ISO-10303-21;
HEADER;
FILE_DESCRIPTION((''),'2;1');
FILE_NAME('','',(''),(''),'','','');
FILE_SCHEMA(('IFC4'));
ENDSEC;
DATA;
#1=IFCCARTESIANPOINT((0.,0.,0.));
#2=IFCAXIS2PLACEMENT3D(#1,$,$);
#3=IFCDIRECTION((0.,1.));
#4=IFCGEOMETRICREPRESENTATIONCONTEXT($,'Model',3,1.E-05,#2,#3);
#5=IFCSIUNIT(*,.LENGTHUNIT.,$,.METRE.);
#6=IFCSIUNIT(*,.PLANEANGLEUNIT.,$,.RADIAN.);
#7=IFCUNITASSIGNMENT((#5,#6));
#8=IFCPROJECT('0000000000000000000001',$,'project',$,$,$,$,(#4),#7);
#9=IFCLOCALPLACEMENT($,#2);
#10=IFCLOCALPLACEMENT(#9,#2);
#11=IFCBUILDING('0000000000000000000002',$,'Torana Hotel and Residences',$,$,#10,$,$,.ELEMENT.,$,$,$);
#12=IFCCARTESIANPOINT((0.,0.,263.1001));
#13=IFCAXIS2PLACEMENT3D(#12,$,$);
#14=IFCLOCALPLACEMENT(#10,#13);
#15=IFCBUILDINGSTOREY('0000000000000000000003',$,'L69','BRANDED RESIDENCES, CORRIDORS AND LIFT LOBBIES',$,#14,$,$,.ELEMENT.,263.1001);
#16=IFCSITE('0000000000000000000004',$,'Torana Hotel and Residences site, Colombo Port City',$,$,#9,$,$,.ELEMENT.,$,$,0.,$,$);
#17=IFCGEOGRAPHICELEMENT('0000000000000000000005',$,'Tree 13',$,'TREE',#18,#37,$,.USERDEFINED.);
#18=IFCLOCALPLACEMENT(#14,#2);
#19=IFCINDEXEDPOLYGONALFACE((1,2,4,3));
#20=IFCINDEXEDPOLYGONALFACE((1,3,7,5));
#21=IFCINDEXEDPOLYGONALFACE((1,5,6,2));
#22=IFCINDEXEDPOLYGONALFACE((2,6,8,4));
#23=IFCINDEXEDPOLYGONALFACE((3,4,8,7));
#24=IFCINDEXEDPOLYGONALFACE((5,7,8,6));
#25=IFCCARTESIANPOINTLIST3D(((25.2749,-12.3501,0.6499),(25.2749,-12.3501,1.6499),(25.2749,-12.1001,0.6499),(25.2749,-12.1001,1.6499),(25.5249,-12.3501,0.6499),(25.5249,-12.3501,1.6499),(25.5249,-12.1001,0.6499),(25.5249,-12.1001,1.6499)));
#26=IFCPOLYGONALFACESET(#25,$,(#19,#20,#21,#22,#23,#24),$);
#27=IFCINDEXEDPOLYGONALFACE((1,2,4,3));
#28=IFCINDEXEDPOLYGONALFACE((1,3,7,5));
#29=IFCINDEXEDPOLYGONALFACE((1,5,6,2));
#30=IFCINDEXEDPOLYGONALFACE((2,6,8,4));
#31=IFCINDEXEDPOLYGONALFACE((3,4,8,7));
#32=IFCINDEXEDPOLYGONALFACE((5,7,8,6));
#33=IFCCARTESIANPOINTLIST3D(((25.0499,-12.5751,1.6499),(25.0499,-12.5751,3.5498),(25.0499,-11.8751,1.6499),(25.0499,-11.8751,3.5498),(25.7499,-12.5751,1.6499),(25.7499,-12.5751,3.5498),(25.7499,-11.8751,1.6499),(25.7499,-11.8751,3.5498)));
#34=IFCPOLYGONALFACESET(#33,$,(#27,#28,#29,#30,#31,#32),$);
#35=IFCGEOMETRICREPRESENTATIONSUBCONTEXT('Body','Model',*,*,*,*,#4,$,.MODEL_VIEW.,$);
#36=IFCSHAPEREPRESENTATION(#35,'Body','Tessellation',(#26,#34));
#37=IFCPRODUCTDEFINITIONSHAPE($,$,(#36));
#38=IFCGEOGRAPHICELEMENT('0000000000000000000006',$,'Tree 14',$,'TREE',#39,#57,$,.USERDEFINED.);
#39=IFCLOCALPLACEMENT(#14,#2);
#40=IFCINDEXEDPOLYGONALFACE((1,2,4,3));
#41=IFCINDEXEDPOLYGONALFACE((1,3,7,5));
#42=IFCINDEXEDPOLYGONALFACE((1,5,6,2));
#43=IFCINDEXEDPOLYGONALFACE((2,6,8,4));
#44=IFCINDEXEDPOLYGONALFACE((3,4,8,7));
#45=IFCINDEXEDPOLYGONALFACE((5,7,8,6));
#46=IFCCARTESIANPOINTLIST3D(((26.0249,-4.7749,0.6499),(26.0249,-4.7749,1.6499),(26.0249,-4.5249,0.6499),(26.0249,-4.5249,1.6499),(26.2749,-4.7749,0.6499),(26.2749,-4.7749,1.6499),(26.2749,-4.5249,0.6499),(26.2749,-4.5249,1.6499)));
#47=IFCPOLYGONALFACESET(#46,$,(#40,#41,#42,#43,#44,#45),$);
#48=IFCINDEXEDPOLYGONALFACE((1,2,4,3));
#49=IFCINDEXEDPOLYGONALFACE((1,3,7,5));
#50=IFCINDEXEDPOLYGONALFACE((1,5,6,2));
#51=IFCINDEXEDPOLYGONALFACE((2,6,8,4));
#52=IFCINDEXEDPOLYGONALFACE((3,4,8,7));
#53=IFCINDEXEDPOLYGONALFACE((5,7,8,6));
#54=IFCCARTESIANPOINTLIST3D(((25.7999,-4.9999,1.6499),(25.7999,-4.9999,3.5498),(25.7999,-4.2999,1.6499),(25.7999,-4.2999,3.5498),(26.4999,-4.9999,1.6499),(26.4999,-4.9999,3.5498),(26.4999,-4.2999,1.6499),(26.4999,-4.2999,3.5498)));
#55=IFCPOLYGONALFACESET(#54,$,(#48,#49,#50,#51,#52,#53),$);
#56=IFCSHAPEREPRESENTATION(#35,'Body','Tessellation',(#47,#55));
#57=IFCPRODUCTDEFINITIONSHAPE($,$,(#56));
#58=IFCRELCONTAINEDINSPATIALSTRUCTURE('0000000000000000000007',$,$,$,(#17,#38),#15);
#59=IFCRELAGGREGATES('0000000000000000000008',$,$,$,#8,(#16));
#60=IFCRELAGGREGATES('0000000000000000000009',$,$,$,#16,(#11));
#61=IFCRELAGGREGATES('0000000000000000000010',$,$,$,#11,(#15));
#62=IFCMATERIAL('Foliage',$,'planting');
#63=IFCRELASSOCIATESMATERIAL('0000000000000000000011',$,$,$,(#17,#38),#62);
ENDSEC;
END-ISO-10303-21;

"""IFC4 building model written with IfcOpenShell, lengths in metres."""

from ifc_helpers import new_model, si_unit, direction, frame, origin, origin_2d, place, context, subcontext, project, spatial, rectangle, extrude, material, element, save


model = new_model("IFC4")

# Units and contexts
model_context = context("Model", 3, precision=1e-05, world=origin(), true_north=direction((0.0, 1.0)))
body_context = subcontext(model_context, "Body", "Model", "MODEL_VIEW")
ifc_project = project(units=[si_unit("LENGTHUNIT", "METRE"), si_unit("PLANEANGLEUNIT", "RADIAN")], contexts=[model_context])

# Site, building, storey
site_placement = place(None, origin())
site = spatial("IfcSite", under=ifc_project, at=site_placement, Name="Torana Hotel and Residences site, Colombo Port City", CompositionType="ELEMENT", RefElevation=0.0)
building_placement = place(site_placement, origin())
building = spatial("IfcBuilding", under=site, at=building_placement, Name="Torana Hotel and Residences", CompositionType="ELEMENT")
storey_placement = place(building_placement, frame((0.0, 0.0, 263.1001)))
storey = spatial("IfcBuildingStorey", under=building, at=storey_placement, Name="L69", Description="BRANDED RESIDENCES, CORRIDORS AND LIFT LOBBIES", CompositionType="ELEMENT", Elevation=263.1001)

# Geographic elements
ifc_material_1 = material(Name="Foliage", Category="planting")
for number, where, z_axis, x_axis, name in (
    (1, (25.3999, -12.2251, 0.6499), (0.0, 0.0, 1.0), (1.0, 0.0, 0.0), "Tree 13"),
    (2, (26.1499, -4.6499, 0.6499), (0.0, 0.0, 1.0), (1.0, 0.0, 0.0), "Tree 14"),
):
    element("IfcGeographicElement", number, at=place(storey_placement, frame(where, z_axis=z_axis, x_axis=x_axis)), inside=storey, material=ifc_material_1, Name=name, ObjectType="TREE", PredefinedType="USERDEFINED", context=body_context, shape_type="SweptSolid", body=[
        extrude(rectangle(XDim=0.25, YDim=0.25, at=origin_2d()), origin(), (0.0, 0.0, 1.0), 1.0),
        extrude(rectangle(XDim=0.7, YDim=0.7, at=origin_2d()), frame((0.0, 0.0, 1.0)), (0.0, 0.0, 1.0), 1.8999),
    ])

save(model, "model.ifc")
